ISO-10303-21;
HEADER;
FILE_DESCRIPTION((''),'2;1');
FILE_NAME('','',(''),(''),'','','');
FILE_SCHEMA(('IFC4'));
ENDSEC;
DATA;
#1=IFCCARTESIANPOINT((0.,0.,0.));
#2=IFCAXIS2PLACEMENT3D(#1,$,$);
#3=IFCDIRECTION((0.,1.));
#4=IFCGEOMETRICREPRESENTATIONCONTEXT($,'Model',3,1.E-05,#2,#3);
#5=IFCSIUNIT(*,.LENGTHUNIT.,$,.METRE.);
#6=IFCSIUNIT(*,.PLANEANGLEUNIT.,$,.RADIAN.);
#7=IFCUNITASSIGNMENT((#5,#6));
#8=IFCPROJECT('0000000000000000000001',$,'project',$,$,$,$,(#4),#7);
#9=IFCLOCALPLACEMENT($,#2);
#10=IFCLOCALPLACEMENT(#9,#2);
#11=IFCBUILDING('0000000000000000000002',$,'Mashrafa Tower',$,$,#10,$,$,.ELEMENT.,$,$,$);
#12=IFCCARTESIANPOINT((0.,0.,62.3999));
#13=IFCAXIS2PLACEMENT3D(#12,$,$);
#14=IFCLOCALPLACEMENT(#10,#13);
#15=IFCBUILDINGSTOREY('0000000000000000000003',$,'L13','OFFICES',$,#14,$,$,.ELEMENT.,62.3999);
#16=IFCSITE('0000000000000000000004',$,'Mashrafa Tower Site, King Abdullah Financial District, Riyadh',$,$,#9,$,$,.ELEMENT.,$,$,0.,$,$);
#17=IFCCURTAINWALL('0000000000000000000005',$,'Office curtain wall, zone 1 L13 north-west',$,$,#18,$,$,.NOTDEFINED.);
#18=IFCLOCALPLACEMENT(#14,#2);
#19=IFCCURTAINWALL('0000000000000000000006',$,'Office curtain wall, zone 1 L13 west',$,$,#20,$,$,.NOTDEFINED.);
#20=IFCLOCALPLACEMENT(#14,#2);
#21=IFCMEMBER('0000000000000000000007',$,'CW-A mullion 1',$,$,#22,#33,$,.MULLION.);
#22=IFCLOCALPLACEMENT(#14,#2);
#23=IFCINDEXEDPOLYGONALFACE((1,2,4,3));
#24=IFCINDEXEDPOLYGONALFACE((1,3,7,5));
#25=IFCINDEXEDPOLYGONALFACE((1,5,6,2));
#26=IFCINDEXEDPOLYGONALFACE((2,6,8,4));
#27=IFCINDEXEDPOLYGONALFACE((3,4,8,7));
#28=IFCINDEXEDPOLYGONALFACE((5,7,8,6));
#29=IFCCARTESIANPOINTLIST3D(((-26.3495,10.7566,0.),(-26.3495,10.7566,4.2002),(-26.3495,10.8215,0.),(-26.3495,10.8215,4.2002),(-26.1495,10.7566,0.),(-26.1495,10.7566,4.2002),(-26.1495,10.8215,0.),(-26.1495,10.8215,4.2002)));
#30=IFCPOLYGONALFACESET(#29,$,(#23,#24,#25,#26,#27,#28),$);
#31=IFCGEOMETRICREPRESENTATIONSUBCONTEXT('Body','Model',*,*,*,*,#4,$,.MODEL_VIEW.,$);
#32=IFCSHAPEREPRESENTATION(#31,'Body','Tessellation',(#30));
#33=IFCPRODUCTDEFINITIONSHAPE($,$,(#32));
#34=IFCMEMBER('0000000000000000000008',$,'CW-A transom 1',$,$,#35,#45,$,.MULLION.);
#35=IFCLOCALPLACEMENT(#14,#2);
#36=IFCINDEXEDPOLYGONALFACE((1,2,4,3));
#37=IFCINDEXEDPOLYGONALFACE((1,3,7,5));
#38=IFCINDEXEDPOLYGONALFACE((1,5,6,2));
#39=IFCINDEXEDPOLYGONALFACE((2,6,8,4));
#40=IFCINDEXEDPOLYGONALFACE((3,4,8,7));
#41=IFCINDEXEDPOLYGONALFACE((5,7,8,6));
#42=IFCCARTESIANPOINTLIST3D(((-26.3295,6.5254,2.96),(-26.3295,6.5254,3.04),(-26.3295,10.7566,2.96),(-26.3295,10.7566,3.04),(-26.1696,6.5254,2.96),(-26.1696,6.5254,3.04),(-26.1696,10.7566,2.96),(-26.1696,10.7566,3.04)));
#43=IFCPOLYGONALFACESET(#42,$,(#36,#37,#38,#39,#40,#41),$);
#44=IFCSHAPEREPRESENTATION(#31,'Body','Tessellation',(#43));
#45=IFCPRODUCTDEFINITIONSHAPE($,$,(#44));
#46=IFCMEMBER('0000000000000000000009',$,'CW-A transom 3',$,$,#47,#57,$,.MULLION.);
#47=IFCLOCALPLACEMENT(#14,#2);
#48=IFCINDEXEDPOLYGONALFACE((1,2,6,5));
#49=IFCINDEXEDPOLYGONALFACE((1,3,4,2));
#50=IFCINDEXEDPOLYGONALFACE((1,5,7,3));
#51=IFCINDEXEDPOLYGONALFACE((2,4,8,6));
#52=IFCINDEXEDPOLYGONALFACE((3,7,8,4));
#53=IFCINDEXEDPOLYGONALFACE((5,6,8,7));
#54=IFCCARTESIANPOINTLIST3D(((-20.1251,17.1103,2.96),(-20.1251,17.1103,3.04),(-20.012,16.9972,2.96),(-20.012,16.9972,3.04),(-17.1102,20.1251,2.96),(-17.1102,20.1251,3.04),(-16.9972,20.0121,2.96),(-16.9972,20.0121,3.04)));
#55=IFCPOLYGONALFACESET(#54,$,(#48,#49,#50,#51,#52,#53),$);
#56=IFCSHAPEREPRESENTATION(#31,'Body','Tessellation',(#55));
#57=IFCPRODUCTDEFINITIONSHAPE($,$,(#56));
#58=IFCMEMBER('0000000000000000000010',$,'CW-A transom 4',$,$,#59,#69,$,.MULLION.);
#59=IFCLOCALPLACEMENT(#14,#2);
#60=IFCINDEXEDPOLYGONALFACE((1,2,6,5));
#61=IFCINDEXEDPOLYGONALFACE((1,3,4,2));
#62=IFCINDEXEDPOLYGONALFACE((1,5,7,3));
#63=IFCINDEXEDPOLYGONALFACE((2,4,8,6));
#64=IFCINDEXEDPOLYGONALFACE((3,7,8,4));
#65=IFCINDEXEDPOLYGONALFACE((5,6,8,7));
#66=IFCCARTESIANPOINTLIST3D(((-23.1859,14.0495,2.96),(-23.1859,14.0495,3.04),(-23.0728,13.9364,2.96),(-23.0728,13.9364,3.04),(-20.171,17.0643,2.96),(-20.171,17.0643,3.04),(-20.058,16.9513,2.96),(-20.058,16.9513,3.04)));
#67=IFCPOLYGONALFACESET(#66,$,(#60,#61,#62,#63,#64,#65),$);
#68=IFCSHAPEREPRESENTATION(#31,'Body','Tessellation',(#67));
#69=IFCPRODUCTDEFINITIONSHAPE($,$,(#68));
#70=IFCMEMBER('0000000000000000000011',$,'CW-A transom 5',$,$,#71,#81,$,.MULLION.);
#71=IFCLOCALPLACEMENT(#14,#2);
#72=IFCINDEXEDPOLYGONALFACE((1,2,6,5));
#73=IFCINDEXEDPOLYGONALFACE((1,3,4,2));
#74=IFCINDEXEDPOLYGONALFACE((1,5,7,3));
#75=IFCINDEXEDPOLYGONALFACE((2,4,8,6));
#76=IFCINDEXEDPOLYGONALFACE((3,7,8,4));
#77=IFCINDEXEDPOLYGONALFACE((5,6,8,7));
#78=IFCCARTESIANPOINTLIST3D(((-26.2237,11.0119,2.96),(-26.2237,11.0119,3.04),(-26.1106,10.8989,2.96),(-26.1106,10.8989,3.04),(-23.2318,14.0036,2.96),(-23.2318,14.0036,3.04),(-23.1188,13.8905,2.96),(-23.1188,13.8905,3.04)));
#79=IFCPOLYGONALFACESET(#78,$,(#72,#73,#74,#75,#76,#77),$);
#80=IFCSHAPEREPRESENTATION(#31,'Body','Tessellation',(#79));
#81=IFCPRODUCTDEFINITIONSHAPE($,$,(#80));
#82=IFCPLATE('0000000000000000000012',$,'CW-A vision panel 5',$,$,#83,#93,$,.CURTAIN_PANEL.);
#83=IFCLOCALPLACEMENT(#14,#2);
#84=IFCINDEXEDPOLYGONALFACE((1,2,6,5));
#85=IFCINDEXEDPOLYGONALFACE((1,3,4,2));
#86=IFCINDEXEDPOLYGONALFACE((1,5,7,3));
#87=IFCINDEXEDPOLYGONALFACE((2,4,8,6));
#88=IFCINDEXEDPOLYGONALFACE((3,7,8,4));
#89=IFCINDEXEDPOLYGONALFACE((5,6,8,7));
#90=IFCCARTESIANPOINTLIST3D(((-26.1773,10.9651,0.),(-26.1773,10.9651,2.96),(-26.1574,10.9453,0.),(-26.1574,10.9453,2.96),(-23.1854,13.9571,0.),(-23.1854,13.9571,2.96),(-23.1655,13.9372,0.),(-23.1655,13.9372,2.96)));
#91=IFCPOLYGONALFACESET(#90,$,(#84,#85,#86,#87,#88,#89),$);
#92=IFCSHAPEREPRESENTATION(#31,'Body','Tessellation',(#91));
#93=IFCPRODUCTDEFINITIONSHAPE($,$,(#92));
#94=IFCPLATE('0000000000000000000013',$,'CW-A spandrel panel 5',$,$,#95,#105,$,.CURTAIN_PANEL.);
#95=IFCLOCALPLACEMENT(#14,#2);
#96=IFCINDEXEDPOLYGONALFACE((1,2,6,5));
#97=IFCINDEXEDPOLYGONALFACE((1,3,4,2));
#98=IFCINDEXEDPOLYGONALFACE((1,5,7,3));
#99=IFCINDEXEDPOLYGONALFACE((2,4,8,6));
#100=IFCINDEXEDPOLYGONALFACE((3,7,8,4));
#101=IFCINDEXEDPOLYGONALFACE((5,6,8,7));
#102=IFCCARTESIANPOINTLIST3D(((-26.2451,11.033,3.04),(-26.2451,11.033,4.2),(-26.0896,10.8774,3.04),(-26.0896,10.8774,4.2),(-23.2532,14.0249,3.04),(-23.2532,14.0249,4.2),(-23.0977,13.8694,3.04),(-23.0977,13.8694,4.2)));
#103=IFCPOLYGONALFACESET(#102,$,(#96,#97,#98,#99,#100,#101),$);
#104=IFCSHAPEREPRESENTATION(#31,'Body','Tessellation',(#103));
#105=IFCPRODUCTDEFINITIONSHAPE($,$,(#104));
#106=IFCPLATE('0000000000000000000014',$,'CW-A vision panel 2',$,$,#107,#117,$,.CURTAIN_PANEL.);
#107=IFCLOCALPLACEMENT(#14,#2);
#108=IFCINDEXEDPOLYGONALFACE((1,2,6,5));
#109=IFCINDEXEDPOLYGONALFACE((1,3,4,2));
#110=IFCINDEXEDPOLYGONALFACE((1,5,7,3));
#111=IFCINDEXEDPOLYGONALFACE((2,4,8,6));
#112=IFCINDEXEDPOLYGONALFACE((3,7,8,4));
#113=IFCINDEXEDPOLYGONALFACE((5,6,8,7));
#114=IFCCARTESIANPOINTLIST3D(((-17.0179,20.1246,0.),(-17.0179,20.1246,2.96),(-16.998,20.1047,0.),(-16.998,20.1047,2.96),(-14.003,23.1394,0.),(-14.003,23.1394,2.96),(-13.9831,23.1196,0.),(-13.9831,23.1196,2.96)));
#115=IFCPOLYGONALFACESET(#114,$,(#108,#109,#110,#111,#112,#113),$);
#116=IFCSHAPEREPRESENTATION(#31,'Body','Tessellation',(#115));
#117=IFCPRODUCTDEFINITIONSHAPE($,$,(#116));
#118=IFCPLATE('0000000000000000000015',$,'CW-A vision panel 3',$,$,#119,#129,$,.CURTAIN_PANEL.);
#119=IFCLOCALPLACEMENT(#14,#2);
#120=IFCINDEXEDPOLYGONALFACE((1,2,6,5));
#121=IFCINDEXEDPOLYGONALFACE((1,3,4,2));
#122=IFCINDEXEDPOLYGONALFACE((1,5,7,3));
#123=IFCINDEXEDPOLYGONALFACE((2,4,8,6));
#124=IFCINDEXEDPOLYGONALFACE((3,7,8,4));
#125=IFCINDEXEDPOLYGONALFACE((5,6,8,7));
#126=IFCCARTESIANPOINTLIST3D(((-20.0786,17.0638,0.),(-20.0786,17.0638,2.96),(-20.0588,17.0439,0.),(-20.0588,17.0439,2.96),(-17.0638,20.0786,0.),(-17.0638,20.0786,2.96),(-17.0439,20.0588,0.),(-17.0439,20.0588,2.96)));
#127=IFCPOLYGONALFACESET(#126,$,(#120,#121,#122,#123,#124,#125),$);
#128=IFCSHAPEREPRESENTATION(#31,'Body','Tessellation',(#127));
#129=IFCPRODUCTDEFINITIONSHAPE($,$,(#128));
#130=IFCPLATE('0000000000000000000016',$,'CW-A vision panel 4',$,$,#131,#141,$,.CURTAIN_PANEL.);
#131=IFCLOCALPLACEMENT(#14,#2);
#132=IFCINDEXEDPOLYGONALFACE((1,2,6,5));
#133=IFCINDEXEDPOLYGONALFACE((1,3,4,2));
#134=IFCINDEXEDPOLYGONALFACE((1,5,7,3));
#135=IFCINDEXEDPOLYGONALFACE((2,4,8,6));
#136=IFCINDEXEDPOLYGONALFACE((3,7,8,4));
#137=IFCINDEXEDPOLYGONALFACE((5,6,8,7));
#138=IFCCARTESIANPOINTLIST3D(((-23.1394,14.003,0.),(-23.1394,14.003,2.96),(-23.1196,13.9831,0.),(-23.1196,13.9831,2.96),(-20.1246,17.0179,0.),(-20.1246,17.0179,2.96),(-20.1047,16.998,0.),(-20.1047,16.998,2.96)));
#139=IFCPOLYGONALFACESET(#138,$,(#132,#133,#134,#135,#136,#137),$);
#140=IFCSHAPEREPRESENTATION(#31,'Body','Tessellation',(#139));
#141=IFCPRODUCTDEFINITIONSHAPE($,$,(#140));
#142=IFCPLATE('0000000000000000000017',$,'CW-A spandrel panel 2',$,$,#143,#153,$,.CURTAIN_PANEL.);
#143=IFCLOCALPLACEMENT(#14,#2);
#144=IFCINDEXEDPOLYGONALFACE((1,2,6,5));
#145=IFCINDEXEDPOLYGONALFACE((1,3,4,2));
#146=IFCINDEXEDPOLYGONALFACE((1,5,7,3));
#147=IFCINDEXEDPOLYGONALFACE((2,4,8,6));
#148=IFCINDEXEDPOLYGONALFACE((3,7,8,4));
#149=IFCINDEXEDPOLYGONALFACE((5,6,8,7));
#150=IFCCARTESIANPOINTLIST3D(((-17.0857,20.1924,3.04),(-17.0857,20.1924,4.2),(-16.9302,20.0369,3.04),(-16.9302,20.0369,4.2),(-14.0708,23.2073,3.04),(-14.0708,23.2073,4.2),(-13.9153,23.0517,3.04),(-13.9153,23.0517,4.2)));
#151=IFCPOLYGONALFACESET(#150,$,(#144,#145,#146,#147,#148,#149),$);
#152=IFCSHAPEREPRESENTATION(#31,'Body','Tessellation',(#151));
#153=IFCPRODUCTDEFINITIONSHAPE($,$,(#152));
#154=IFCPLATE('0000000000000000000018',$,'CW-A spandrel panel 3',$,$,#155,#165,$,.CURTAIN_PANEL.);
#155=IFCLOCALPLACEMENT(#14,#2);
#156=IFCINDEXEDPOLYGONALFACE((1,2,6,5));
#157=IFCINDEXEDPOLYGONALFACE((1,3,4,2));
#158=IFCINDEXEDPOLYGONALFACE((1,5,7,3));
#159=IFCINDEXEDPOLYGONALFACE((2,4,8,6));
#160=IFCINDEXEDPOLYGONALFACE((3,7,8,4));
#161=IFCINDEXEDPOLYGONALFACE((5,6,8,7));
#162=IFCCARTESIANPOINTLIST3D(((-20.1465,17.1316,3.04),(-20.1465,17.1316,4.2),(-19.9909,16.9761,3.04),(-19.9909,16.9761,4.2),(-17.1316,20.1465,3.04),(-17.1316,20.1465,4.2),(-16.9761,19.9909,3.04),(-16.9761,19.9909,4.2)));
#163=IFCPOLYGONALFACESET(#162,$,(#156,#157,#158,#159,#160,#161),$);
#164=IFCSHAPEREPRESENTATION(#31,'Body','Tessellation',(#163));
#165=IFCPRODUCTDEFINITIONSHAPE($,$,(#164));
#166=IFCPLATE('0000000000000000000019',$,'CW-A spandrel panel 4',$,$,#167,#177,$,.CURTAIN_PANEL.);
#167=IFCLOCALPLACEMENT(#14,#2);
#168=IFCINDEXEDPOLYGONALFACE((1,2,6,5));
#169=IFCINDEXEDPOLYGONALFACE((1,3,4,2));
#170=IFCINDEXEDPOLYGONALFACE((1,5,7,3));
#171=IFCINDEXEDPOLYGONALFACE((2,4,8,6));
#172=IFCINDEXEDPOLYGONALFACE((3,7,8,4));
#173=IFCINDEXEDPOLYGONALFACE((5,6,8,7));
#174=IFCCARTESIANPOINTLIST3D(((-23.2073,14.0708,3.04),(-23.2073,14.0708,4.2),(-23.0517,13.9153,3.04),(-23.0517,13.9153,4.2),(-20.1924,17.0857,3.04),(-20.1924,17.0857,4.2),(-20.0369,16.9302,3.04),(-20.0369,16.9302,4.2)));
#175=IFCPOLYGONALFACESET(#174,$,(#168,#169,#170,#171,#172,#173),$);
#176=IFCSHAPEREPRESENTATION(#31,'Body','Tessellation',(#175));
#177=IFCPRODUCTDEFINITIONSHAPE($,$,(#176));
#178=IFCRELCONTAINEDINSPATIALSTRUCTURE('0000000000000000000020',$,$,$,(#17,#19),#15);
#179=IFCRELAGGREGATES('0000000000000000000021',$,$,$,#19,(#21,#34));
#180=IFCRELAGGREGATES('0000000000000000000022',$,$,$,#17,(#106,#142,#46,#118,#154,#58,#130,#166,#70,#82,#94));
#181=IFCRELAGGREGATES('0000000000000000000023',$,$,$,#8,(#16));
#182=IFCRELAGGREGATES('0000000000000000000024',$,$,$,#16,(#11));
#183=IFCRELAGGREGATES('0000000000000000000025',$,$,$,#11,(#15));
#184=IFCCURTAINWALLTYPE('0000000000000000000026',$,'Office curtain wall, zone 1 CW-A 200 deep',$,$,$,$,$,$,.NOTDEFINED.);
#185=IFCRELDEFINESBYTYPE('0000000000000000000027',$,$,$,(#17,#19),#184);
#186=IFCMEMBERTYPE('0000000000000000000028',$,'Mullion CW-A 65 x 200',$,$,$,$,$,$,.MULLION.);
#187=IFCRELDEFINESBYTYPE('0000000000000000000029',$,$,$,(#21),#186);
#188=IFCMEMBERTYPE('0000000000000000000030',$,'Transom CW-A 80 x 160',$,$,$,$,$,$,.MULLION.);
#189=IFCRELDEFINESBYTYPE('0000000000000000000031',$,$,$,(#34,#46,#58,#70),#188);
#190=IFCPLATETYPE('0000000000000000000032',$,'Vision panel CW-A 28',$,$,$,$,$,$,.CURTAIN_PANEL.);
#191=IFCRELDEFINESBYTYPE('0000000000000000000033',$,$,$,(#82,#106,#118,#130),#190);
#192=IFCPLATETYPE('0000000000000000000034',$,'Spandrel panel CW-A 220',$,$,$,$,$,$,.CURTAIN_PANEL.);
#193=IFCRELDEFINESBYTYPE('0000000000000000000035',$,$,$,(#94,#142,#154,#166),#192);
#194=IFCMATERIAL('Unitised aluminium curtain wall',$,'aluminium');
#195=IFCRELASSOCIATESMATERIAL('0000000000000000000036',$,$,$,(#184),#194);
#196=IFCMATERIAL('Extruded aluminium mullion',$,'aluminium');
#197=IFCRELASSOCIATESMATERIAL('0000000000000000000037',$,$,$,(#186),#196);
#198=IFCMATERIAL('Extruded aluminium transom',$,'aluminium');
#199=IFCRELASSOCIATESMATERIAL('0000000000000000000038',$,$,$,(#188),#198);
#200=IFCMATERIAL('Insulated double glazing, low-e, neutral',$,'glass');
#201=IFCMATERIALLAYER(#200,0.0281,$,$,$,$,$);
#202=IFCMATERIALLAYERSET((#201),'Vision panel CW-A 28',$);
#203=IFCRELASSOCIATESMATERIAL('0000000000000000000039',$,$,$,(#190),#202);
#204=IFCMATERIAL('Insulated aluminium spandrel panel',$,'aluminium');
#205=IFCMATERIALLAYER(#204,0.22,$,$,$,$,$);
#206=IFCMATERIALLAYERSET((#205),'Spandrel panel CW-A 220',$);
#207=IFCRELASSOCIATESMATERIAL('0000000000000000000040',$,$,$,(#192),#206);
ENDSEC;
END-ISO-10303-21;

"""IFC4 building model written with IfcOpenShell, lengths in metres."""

from ifc_helpers import new_model, si_unit, direction, frame, origin, origin_2d, place, context, subcontext, project, spatial, rectangle, extrude, source, transform, mapped, material, layer, layer_set, material_profile, profile_set, type_object, type_shapes, element, aggregate, save


model = new_model("IFC4")

# Units and contexts
model_context = context("Model", 3, precision=1e-05, world=origin(), true_north=direction((0.0, 1.0)))
body_context = subcontext(model_context, "Body", "Model", "MODEL_VIEW")
ifc_project = project(units=[si_unit("LENGTHUNIT", "METRE"), si_unit("PLANEANGLEUNIT", "RADIAN")], contexts=[model_context])

# Site, building, storey
site_placement = place(None, origin())
site = spatial("IfcSite", under=ifc_project, at=site_placement, Name="Mashrafa Tower Site, King Abdullah Financial District, Riyadh", CompositionType="ELEMENT", RefElevation=0.0)
building_placement = place(site_placement, origin())
building = spatial("IfcBuilding", under=site, at=building_placement, Name="Mashrafa Tower", CompositionType="ELEMENT")
storey_placement = place(building_placement, frame((0.0, 0.0, 62.3999)))
storey = spatial("IfcBuildingStorey", under=building, at=storey_placement, Name="L13", Description="OFFICES", CompositionType="ELEMENT", Elevation=62.3999)

# Curtain walls, members
ifc_material_1 = material(Name="Unitised aluminium curtain wall", Category="aluminium")
curtain_wall_type = type_object("IfcCurtainWallType", Name="Office curtain wall, zone 1 CW-A 200 deep", PredefinedType="NOTDEFINED", material=ifc_material_1)
curtain_wall_1_placement = place(storey_placement, origin())
curtain_wall_1 = element("IfcCurtainWall", 1, at=curtain_wall_1_placement, inside=storey, type_object=curtain_wall_type, Name="Office curtain wall, zone 1 L13 north-west", PredefinedType="NOTDEFINED")
ifc_material_2 = material(Name="Extruded aluminium mullion", Category="aluminium")
ifc_material_profile_1 = material_profile(ifc_material_2, rectangle(XDim=0.2, YDim=0.0649, at=origin_2d()), Name="Mullion 65x200")
ifc_profile_set_1 = profile_set([ifc_material_profile_1], Name="Extruded aluminium mullion")
member_type_1 = type_object("IfcMemberType", Name="Mullion CW-A 65 x 200", PredefinedType="MULLION", material=ifc_profile_set_1)
shared_shape_1 = source(origin(), body_context, "Body", "SweptSolid", [
    extrude(rectangle(XDim=0.2, YDim=0.0649, at=origin_2d()), origin(), (0.0, 0.0, 1.0), 4.2002),
])
type_shapes(member_type_1, [shared_shape_1])
curtain_wall_2_placement = place(storey_placement, origin())
curtain_wall_2 = element("IfcCurtainWall", 2, at=curtain_wall_2_placement, inside=storey, type_object=curtain_wall_type, Name="Office curtain wall, zone 1 L13 west", PredefinedType="NOTDEFINED")
member_1_placement = place(storey_placement, frame((-26.2495, 10.7891, 0.0), z_axis=(0.0, 0.0, 1.0), x_axis=(1.0, 0.0, 0.0)))
member_1 = element("IfcMember", 3, at=member_1_placement, type_object=member_type_1, Name="CW-A mullion 1", PredefinedType="MULLION", context=body_context, shape_type="MappedRepresentation", body=[
    mapped(shared_shape_1, transform((0.0, 0.0, 0.0))),
])
ifc_material_3 = material(Name="Extruded aluminium transom", Category="aluminium")
ifc_material_profile_2 = material_profile(ifc_material_3, rectangle(XDim=0.1599, YDim=0.0801, at=origin_2d()), Name="Transom 80x160")
ifc_profile_set_2 = profile_set([ifc_material_profile_2], Name="Extruded aluminium transom")
member_type_2 = type_object("IfcMemberType", Name="Transom CW-A 80 x 160", PredefinedType="MULLION", material=ifc_profile_set_2)
shared_shape_2 = source(origin(), body_context, "Body", "SweptSolid", [
    extrude(rectangle(XDim=0.1599, YDim=0.0801, at=origin_2d()), origin(), (0.0, 0.0, 1.0), 4.2312),
])
member_2_placement = place(storey_placement, frame((-26.2495, 10.7566, 3.0), z_axis=(0.0, -1.0, 0.0), x_axis=(1.0, 0.0, 0.0)))
member_2 = element("IfcMember", 4, at=member_2_placement, type_object=member_type_2, Name="CW-A transom 1", PredefinedType="MULLION", context=body_context, shape_type="MappedRepresentation", body=[
    mapped(shared_shape_2, transform((0.0, 0.0, 0.0))),
])
aggregate(curtain_wall_2, [member_1, member_2])

# Members
shared_shape_3 = source(origin(), body_context, "Body", "SweptSolid", [
    extrude(rectangle(XDim=0.1599, YDim=0.0801, at=origin_2d()), origin(), (0.0, 0.0, 1.0), 4.2637),
])
member_3_placement = place(storey_placement, frame((-17.0537, 20.0686, 3.0), z_axis=(-0.707107, -0.707107, 0.0), x_axis=(0.707107, -0.707107, 0.0)))
member_3 = element("IfcMember", 5, at=member_3_placement, type_object=member_type_2, Name="CW-A transom 3", PredefinedType="MULLION", context=body_context, shape_type="MappedRepresentation", body=[
    mapped(shared_shape_3, transform((0.0, 0.0, 0.0))),
])
member_4_placement = place(storey_placement, frame((-20.1145, 17.0078, 3.0), z_axis=(-0.707107, -0.707107, 0.0), x_axis=(0.707107, -0.707107, 0.0)))
member_4 = element("IfcMember", 6, at=member_4_placement, type_object=member_type_2, Name="CW-A transom 4", PredefinedType="MULLION", context=body_context, shape_type="MappedRepresentation", body=[
    mapped(shared_shape_3, transform((0.0, 0.0, 0.0))),
])
shared_shape_4 = source(origin(), body_context, "Body", "SweptSolid", [
    extrude(rectangle(XDim=0.1599, YDim=0.0801, at=origin_2d()), origin(), (0.0, 0.0, 1.0), 4.231),
])
type_shapes(member_type_2, [shared_shape_2, shared_shape_3, shared_shape_4])
member_5_placement = place(storey_placement, frame((-23.1753, 13.947, 3.0), z_axis=(-0.707136, -0.707078, 0.0), x_axis=(0.707078, -0.707136, 0.0)))
member_5 = element("IfcMember", 7, at=member_5_placement, type_object=member_type_2, Name="CW-A transom 5", PredefinedType="MULLION", context=body_context, shape_type="MappedRepresentation", body=[
    mapped(shared_shape_4, transform((0.0, 0.0, 0.0))),
])

# Plates
ifc_material_4 = material(Name="Insulated double glazing, low-e, neutral", Category="glass")
ifc_layer_1 = layer(ifc_material_4, 0.0281)
ifc_layer_set_1 = layer_set([ifc_layer_1], Name="Vision panel CW-A 28")
plate_type_1 = type_object("IfcPlateType", Name="Vision panel CW-A 28", PredefinedType="CURTAIN_PANEL", material=ifc_layer_set_1)
shared_shape_5 = source(origin(), body_context, "Body", "SweptSolid", [
    extrude(rectangle(XDim=4.2312, YDim=0.0281, at=origin_2d()), origin(), (0.0, 0.0, 1.0), 2.96),
])
plate_1_placement = place(storey_placement, frame((-24.6714, 12.4512, 0.0), z_axis=(0.0, 0.0, 1.0), x_axis=(-0.707107, -0.707107, 0.0)))
plate_1 = element("IfcPlate", 8, at=plate_1_placement, type_object=plate_type_1, Name="CW-A vision panel 5", PredefinedType="CURTAIN_PANEL", context=body_context, shape_type="MappedRepresentation", body=[
    mapped(shared_shape_5, transform((0.0, 0.0, 0.0))),
])
ifc_material_5 = material(Name="Insulated aluminium spandrel panel", Category="aluminium")
ifc_layer_2 = layer(ifc_material_5, 0.22)
ifc_layer_set_2 = layer_set([ifc_layer_2], Name="Spandrel panel CW-A 220")
plate_type_2 = type_object("IfcPlateType", Name="Spandrel panel CW-A 220", PredefinedType="CURTAIN_PANEL", material=ifc_layer_set_2)
shared_shape_6 = source(origin(), body_context, "Body", "SweptSolid", [
    extrude(rectangle(XDim=4.2312, YDim=0.22, at=origin_2d()), origin(), (0.0, 0.0, 1.0), 1.1599),
])
plate_2_placement = place(storey_placement, frame((-24.6714, 12.4512, 3.04), z_axis=(0.0, 0.0, 1.0), x_axis=(-0.707107, -0.707107, 0.0)))
plate_2 = element("IfcPlate", 9, at=plate_2_placement, type_object=plate_type_2, Name="CW-A spandrel panel 5", PredefinedType="CURTAIN_PANEL", context=body_context, shape_type="MappedRepresentation", body=[
    mapped(shared_shape_6, transform((0.0, 0.0, 0.0))),
])
shared_shape_7 = source(origin(), body_context, "Body", "SweptSolid", [
    extrude(rectangle(XDim=4.2637, YDim=0.0281, at=origin_2d()), origin(), (0.0, 0.0, 1.0), 2.96),
])
type_shapes(plate_type_1, [shared_shape_5, shared_shape_7])
plate_3_placement = place(storey_placement, frame((-15.5005, 21.6221, 0.0), z_axis=(0.0, 0.0, 1.0), x_axis=(-0.707107, -0.707107, 0.0)))
plate_3 = element("IfcPlate", 10, at=plate_3_placement, type_object=plate_type_1, Name="CW-A vision panel 2", PredefinedType="CURTAIN_PANEL", context=body_context, shape_type="MappedRepresentation", body=[
    mapped(shared_shape_7, transform((0.0, 0.0, 0.0))),
])
plate_4_placement = place(storey_placement, frame((-18.5613, 18.5613, 0.0), z_axis=(0.0, 0.0, 1.0), x_axis=(-0.707107, -0.707107, 0.0)))
plate_4 = element("IfcPlate", 11, at=plate_4_placement, type_object=plate_type_1, Name="CW-A vision panel 3", PredefinedType="CURTAIN_PANEL", context=body_context, shape_type="MappedRepresentation", body=[
    mapped(shared_shape_7, transform((0.0, 0.0, 0.0))),
])
plate_5_placement = place(storey_placement, frame((-21.6221, 15.5005, 0.0), z_axis=(0.0, 0.0, 1.0), x_axis=(-0.707107, -0.707107, 0.0)))
plate_5 = element("IfcPlate", 12, at=plate_5_placement, type_object=plate_type_1, Name="CW-A vision panel 4", PredefinedType="CURTAIN_PANEL", context=body_context, shape_type="MappedRepresentation", body=[
    mapped(shared_shape_7, transform((0.0, 0.0, 0.0))),
])
shared_shape_8 = source(origin(), body_context, "Body", "SweptSolid", [
    extrude(rectangle(XDim=4.2637, YDim=0.22, at=origin_2d()), origin(), (0.0, 0.0, 1.0), 1.1599),
])
type_shapes(plate_type_2, [shared_shape_6, shared_shape_8])
plate_6_placement = place(storey_placement, frame((-15.5005, 21.6221, 3.04), z_axis=(0.0, 0.0, 1.0), x_axis=(-0.707107, -0.707107, 0.0)))
plate_6 = element("IfcPlate", 13, at=plate_6_placement, type_object=plate_type_2, Name="CW-A spandrel panel 2", PredefinedType="CURTAIN_PANEL", context=body_context, shape_type="MappedRepresentation", body=[
    mapped(shared_shape_8, transform((0.0, 0.0, 0.0))),
])
plate_7_placement = place(storey_placement, frame((-18.5613, 18.5613, 3.04), z_axis=(0.0, 0.0, 1.0), x_axis=(-0.707107, -0.707107, 0.0)))
plate_7 = element("IfcPlate", 14, at=plate_7_placement, type_object=plate_type_2, Name="CW-A spandrel panel 3", PredefinedType="CURTAIN_PANEL", context=body_context, shape_type="MappedRepresentation", body=[
    mapped(shared_shape_8, transform((0.0, 0.0, 0.0))),
])
plate_8_placement = place(storey_placement, frame((-21.6221, 15.5005, 3.04), z_axis=(0.0, 0.0, 1.0), x_axis=(-0.707107, -0.707107, 0.0)))
plate_8 = element("IfcPlate", 15, at=plate_8_placement, type_object=plate_type_2, Name="CW-A spandrel panel 4", PredefinedType="CURTAIN_PANEL", context=body_context, shape_type="MappedRepresentation", body=[
    mapped(shared_shape_8, transform((0.0, 0.0, 0.0))),
])
aggregate(curtain_wall_1, [plate_3, plate_6, member_3, plate_4, plate_7, member_4, plate_5, plate_8, member_5, plate_1, plate_2])

save(model, "model.ifc")
